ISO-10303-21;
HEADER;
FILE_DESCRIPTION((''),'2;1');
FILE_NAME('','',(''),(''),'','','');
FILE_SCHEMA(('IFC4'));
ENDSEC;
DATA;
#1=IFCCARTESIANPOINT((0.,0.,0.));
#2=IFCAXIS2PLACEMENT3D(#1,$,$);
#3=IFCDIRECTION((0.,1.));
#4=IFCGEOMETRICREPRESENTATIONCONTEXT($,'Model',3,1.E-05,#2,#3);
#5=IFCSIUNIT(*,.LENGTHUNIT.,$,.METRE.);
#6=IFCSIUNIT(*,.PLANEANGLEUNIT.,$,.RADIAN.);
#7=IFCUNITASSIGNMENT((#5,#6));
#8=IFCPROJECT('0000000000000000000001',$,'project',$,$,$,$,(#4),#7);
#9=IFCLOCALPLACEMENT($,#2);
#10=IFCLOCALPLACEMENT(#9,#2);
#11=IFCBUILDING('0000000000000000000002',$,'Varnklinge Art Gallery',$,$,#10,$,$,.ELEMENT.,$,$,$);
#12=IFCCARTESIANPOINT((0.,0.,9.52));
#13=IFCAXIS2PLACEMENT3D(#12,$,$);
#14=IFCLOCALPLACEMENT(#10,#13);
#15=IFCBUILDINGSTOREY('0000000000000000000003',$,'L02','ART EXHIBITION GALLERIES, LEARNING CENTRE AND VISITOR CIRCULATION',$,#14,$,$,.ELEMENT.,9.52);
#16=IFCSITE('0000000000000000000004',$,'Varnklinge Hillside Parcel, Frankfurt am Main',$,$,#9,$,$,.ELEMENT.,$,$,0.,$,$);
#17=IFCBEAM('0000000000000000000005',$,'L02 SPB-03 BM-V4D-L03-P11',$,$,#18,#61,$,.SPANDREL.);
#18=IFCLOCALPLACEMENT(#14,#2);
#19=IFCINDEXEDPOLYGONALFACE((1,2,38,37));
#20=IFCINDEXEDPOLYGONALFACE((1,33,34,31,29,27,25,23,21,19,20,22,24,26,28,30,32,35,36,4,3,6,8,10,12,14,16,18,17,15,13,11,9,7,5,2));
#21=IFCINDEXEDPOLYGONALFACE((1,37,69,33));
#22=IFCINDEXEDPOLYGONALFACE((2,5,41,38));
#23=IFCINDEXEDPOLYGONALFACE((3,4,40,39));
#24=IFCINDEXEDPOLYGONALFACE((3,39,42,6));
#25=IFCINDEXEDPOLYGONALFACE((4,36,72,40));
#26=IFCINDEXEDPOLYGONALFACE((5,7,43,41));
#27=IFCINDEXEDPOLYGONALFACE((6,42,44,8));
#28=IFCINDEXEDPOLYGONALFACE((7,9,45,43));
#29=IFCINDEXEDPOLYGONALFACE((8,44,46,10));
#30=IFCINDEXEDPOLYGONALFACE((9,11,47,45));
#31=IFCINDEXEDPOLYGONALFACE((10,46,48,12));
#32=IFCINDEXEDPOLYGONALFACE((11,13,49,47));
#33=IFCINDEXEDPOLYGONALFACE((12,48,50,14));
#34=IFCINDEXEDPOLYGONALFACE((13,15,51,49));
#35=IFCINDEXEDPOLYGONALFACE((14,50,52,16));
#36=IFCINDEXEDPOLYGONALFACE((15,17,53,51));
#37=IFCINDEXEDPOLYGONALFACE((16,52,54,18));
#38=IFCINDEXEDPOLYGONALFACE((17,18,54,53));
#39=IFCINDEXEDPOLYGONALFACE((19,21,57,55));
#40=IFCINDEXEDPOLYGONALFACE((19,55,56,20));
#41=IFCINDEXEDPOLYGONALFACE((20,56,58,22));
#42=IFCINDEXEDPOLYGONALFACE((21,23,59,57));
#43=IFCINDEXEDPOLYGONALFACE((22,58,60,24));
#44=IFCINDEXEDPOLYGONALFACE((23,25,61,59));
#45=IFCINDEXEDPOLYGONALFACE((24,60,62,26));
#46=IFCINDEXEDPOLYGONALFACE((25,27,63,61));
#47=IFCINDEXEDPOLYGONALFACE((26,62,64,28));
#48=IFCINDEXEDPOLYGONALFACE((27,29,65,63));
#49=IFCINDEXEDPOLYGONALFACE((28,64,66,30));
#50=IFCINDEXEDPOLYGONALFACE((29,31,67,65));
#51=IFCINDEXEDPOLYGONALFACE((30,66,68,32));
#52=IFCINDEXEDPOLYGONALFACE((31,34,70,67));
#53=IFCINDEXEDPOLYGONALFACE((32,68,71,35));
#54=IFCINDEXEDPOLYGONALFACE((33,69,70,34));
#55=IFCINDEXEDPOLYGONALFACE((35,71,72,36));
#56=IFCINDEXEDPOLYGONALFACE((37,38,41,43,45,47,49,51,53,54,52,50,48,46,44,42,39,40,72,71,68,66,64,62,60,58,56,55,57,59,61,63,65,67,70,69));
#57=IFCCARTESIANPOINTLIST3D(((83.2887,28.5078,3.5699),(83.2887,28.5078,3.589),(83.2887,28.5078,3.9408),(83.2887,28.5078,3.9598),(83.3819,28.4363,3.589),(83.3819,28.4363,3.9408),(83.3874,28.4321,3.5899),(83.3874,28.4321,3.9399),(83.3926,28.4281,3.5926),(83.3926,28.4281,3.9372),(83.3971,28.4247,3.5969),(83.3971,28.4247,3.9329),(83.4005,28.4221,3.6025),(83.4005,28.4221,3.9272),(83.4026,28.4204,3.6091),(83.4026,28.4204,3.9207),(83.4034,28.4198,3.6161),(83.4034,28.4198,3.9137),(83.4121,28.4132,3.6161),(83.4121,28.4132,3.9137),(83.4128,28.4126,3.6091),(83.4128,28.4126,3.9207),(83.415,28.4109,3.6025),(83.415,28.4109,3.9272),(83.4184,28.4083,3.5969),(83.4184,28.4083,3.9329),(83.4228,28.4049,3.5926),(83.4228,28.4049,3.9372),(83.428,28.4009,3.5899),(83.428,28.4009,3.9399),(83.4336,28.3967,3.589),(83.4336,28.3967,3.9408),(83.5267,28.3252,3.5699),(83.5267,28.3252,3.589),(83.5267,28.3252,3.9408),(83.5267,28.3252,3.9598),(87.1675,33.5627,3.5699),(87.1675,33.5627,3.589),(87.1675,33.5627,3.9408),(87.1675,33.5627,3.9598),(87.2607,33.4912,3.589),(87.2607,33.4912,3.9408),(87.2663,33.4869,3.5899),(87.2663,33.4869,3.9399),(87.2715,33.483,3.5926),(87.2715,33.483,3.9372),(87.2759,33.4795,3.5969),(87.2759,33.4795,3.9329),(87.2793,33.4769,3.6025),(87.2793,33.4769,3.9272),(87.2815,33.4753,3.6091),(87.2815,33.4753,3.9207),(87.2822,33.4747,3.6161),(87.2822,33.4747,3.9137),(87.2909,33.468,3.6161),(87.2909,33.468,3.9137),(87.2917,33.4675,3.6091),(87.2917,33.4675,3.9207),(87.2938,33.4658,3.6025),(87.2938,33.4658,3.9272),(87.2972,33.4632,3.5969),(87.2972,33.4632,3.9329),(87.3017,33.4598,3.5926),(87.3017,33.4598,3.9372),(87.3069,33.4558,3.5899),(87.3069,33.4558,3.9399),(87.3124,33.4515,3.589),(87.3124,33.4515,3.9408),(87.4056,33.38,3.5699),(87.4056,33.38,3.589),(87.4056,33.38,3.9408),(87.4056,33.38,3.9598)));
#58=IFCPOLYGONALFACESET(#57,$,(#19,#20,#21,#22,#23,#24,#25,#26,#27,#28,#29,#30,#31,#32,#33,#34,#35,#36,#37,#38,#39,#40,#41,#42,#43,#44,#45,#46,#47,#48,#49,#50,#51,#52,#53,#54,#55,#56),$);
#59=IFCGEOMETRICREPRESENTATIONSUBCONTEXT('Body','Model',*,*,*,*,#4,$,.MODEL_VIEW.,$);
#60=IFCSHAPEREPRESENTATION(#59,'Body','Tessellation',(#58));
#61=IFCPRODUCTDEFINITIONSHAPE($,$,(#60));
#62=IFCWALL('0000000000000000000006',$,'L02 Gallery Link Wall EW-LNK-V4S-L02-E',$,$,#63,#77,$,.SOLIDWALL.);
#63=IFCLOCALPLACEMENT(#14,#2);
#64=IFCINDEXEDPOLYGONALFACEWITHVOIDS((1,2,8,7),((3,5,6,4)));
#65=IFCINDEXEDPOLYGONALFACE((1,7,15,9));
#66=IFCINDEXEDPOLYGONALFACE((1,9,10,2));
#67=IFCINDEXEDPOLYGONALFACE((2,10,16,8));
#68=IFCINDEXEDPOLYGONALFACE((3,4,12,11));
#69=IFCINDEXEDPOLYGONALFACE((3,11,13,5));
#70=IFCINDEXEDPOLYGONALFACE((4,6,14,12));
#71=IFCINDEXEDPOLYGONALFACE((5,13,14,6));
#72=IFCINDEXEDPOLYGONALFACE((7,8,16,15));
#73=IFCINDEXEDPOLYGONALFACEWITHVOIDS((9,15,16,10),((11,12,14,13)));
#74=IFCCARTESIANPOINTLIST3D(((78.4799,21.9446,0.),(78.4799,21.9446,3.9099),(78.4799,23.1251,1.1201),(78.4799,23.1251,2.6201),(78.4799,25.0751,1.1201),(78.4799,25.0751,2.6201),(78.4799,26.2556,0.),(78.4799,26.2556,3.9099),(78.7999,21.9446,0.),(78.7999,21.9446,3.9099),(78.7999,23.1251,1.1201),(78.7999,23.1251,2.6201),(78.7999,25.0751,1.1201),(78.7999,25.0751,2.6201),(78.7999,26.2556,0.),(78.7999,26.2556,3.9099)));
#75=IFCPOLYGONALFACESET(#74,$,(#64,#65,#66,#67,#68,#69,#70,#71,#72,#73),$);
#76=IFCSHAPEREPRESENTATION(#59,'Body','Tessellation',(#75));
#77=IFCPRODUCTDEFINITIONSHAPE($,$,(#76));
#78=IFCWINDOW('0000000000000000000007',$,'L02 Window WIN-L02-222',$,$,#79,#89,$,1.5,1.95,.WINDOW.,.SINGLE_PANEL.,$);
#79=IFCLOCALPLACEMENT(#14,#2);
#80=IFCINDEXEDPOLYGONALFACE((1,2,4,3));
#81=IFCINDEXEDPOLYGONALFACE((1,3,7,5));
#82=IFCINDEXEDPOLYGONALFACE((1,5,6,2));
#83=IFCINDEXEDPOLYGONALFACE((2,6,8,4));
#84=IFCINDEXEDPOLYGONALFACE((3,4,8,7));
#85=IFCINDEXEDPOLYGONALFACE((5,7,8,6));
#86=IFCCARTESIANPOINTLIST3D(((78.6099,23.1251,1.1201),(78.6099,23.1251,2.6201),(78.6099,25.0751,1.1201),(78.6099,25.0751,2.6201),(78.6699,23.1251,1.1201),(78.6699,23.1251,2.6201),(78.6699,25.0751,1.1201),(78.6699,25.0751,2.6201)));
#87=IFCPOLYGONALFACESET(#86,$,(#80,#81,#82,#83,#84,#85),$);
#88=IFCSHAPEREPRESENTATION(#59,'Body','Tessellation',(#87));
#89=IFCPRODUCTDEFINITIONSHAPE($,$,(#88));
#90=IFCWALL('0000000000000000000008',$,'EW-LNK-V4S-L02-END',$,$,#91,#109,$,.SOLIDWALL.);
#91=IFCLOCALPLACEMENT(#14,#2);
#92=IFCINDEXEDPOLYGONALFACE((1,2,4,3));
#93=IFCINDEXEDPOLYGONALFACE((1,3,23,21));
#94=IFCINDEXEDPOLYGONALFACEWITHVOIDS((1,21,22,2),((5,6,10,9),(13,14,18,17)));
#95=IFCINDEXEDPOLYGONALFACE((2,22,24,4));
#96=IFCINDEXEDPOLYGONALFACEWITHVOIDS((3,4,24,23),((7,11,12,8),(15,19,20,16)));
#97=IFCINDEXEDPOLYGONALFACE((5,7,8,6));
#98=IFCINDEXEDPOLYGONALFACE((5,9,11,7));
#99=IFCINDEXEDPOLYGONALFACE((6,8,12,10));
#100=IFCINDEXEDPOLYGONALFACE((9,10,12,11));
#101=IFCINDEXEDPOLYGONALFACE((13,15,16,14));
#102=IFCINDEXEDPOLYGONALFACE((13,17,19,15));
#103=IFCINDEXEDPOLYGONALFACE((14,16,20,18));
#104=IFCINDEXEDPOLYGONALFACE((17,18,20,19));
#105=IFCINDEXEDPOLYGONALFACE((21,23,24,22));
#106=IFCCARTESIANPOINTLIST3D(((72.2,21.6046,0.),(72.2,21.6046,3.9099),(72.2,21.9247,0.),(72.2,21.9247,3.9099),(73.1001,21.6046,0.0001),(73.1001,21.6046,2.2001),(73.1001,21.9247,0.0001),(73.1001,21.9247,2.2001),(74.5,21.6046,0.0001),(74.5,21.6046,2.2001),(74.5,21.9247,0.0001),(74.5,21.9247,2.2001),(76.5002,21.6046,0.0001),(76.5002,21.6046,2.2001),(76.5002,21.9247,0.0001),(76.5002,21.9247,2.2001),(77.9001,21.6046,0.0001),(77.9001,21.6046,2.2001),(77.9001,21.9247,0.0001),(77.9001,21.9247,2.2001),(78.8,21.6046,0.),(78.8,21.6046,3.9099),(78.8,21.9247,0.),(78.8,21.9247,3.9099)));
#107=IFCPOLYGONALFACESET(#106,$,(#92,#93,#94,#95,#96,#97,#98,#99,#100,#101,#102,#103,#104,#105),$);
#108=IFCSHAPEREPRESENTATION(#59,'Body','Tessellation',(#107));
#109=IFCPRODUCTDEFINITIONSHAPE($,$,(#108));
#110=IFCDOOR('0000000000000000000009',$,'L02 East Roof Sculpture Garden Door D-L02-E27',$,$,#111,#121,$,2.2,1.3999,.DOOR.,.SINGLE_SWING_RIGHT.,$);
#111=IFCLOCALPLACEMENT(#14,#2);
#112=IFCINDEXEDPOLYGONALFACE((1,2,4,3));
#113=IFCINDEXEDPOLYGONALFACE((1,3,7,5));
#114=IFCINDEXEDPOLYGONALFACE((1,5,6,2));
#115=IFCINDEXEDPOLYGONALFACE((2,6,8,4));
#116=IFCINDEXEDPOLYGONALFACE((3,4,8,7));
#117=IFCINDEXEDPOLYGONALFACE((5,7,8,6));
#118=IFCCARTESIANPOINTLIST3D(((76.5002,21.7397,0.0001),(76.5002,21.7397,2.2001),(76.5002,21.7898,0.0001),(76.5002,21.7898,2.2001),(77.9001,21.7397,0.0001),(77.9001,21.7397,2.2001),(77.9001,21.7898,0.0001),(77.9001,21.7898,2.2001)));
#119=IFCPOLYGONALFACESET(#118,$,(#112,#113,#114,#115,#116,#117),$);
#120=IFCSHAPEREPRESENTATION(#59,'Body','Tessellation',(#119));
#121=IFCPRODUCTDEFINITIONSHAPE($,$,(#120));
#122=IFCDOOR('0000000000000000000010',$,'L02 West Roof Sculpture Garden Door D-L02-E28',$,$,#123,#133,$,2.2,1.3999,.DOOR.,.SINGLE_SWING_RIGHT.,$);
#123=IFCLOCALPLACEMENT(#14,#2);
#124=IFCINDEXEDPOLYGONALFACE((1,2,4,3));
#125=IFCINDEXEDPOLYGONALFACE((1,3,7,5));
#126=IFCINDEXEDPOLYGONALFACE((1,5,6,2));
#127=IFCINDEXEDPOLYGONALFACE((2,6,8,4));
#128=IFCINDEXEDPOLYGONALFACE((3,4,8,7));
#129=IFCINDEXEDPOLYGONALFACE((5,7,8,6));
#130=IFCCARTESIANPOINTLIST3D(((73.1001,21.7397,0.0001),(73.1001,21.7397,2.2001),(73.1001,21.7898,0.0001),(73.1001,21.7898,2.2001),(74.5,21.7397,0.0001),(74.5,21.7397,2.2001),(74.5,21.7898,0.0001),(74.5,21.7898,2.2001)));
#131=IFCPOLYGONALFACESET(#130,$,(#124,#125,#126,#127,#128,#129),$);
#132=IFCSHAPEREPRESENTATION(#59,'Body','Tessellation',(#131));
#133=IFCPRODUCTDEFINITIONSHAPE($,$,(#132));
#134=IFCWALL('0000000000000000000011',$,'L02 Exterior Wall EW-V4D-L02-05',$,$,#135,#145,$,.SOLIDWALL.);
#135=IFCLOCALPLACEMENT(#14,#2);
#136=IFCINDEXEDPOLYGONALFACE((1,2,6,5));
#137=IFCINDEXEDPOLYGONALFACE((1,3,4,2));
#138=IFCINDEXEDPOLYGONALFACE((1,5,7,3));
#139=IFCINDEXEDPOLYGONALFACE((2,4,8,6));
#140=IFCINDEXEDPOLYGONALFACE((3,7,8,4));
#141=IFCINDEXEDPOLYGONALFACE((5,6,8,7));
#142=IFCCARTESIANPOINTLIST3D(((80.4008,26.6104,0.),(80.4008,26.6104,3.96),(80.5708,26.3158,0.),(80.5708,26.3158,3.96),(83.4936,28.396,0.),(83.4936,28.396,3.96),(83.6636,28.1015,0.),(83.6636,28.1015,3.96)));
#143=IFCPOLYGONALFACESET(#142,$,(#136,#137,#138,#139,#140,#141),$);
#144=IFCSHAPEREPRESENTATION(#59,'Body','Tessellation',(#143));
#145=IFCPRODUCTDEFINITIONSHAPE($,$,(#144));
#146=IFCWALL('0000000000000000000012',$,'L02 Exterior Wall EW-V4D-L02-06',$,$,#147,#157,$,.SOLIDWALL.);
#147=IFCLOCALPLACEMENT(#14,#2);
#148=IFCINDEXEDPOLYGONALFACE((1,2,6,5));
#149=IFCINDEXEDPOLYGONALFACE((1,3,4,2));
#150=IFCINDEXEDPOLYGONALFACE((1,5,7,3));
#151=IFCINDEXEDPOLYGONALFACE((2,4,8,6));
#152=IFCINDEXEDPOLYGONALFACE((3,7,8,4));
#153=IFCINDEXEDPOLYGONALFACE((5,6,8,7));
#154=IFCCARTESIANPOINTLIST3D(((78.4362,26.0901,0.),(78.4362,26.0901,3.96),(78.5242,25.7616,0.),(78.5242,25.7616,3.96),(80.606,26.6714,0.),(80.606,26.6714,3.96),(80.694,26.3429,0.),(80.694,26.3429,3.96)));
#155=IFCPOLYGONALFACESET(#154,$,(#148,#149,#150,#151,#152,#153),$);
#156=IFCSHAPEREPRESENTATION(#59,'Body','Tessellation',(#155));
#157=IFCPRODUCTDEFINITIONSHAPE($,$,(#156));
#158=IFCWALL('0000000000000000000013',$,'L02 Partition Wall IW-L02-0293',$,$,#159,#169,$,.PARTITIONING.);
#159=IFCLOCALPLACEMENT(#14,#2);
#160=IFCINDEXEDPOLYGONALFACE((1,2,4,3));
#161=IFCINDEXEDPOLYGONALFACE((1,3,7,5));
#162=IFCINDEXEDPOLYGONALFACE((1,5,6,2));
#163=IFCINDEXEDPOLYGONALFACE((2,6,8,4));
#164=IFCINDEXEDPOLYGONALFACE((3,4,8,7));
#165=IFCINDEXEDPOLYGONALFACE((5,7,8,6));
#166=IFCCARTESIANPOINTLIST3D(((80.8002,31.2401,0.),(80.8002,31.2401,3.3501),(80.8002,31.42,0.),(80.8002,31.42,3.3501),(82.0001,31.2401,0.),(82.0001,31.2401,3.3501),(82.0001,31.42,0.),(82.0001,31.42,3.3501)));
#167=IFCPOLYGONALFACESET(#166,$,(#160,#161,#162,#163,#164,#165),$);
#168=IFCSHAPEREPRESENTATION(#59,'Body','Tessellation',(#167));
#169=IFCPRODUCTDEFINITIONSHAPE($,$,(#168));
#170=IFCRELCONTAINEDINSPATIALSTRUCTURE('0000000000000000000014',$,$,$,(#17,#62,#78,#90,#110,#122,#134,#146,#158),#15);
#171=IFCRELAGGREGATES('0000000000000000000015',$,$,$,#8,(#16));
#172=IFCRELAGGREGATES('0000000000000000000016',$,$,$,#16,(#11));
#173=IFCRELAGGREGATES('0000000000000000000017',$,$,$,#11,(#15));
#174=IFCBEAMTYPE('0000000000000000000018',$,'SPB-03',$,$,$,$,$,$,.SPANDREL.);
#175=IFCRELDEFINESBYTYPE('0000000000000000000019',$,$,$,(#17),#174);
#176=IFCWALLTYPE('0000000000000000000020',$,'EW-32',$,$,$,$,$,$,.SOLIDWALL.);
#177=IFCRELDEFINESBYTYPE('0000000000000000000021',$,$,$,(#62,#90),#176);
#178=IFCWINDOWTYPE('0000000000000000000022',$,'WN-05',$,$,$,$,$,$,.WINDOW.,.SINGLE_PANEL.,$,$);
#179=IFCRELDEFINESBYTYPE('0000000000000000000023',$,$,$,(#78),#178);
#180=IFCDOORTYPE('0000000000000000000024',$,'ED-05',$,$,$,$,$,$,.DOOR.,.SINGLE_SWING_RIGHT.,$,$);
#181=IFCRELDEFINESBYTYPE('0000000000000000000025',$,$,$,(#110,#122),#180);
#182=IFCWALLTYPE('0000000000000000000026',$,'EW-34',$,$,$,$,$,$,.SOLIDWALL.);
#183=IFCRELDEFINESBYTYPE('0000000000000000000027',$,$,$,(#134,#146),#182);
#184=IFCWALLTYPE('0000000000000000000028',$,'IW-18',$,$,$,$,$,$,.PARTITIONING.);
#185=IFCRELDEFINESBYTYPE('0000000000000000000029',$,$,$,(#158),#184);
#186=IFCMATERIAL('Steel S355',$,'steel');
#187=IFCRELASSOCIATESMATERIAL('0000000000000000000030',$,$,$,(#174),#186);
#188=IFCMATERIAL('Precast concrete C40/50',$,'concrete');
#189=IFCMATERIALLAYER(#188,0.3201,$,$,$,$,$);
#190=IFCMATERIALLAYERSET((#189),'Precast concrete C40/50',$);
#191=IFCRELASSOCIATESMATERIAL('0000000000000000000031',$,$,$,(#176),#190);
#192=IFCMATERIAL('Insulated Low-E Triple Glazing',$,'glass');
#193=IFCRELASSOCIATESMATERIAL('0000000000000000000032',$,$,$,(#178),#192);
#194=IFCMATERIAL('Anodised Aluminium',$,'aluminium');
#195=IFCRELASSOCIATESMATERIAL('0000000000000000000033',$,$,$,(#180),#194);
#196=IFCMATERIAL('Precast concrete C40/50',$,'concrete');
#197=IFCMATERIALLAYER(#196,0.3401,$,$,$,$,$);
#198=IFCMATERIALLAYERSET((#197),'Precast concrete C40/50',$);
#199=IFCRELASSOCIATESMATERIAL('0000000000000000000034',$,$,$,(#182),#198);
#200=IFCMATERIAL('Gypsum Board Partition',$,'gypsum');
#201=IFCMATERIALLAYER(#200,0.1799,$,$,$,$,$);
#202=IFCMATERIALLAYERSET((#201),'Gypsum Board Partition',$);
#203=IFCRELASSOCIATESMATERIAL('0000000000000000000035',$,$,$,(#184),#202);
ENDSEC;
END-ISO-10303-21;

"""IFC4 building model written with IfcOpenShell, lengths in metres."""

from ifc_helpers import new_model, si_unit, direction, frame, frame_2d, origin, origin_2d, place, context, subcontext, project, spatial, rectangle, i_section, extrude, material, layer, layer_set, material_profile, profile_set, type_object, element, fill, save


model = new_model("IFC4")

# Units and contexts
model_context = context("Model", 3, precision=1e-05, world=origin(), true_north=direction((0.0, 1.0)))
body_context = subcontext(model_context, "Body", "Model", "MODEL_VIEW")
ifc_project = project(units=[si_unit("LENGTHUNIT", "METRE"), si_unit("PLANEANGLEUNIT", "RADIAN")], contexts=[model_context])

# Site, building, storey
site_placement = place(None, origin())
site = spatial("IfcSite", under=ifc_project, at=site_placement, Name="Varnklinge Hillside Parcel, Frankfurt am Main", CompositionType="ELEMENT", RefElevation=0.0)
building_placement = place(site_placement, origin())
building = spatial("IfcBuilding", under=site, at=building_placement, Name="Varnklinge Art Gallery", CompositionType="ELEMENT")
storey_placement = place(building_placement, frame((0.0, 0.0, 9.52)))
storey = spatial("IfcBuildingStorey", under=building, at=storey_placement, Name="L02", Description="ART EXHIBITION GALLERIES, LEARNING CENTRE AND VISITOR CIRCULATION", CompositionType="ELEMENT", Elevation=9.52)

# Beam
ifc_material_1 = material(Name="Steel S355", Category="steel")
ifc_material_profile_1 = material_profile(ifc_material_1, i_section(OverallWidth=0.3, OverallDepth=0.3899, WebThickness=0.011, FlangeThickness=0.019, FilletRadius=0.0271, at=origin_2d()), Name="HEA 400")
ifc_profile_set_1 = profile_set([ifc_material_profile_1], Name="Steel S355")
beam_type_1 = type_object("IfcBeamType", Name="SPB-03", PredefinedType="SPANDREL", material=ifc_profile_set_1)
beam_1_placement = place(storey_placement, frame((83.4077, 28.4165, 3.7649), z_axis=(0.608773, 0.793344, 0.0), x_axis=(-0.793344, 0.608773, 0.0)))
element("IfcBeam", 1, at=beam_1_placement, inside=storey, type_object=beam_type_1, Name="L02 SPB-03 BM-V4D-L03-P11", PredefinedType="SPANDREL", context=body_context, shape_type="SweptSolid", body=[
    extrude(i_section(OverallWidth=0.3, OverallDepth=0.3899, WebThickness=0.011, FlangeThickness=0.019, FilletRadius=0.0271, at=origin_2d()), origin(), (0.0, 0.0, 1.0), 6.3716),
])

# Wall, opening, window
ifc_material_2 = material(Name="Precast concrete C40/50", Category="concrete")
ifc_layer_1 = layer(ifc_material_2, 0.3201)
ifc_layer_set_1 = layer_set([ifc_layer_1], Name="Precast concrete C40/50")
wall_type_1 = type_object("IfcWallType", Name="EW-32", PredefinedType="SOLIDWALL", material=ifc_layer_set_1)
wall_1_placement = place(storey_placement, frame((78.6399, 26.2556, 0.0), z_axis=(0.0, 0.0, 1.0), x_axis=(0.0, -1.0, 0.0)))
wall_1 = element("IfcWall", 2, at=wall_1_placement, inside=storey, type_object=wall_type_1, Name="L02 Gallery Link Wall EW-LNK-V4S-L02-E", PredefinedType="SOLIDWALL", context=body_context, shape_type="SweptSolid", body=[
    extrude(rectangle(XDim=4.311, YDim=0.3201, at=frame_2d((2.1555, 0.0))), origin(), (0.0, 0.0, 1.0), 3.9099),
])
opening_1_placement = place(wall_1_placement, frame((1.1804, 0.0, 1.1201)))
opening_1 = element("IfcOpeningElement", 3, at=opening_1_placement, cuts=wall_1, PredefinedType="OPENING", context=body_context, shape_type="SweptSolid", body=[
    extrude(rectangle(XDim=1.95, YDim=1.5, at=frame_2d((0.9751, 0.75))), frame((0.0, 0.1702, 0.0), z_axis=(0.0, -1.0, 0.0), x_axis=(1.0, 0.0, 0.0)), (0.0, 0.0, 1.0), 0.3401),
])
ifc_material_3 = material(Name="Insulated Low-E Triple Glazing", Category="glass")
window_type = type_object("IfcWindowType", Name="WN-05", PartitioningType="SINGLE_PANEL", PredefinedType="WINDOW", material=ifc_material_3)
window_placement = place(opening_1_placement, origin())
window = element("IfcWindow", 4, at=window_placement, inside=storey, type_object=window_type, Name="L02 Window WIN-L02-222", OverallHeight=1.5, OverallWidth=1.95, PartitioningType="SINGLE_PANEL", PredefinedType="WINDOW", context=body_context, shape_type="SweptSolid", body=[
    extrude(rectangle(XDim=1.95, YDim=1.5, at=frame_2d((0.9751, 0.75))), frame((0.0, 0.03, 0.0), z_axis=(0.0, -1.0, 0.0), x_axis=(1.0, 0.0, 0.0)), (0.0, 0.0, 1.0), 0.0601),
])
fill(opening_1, window)

# Wall, openings, doors
wall_2_placement = place(storey_placement, frame((78.8, 21.7646, 0.0), z_axis=(0.0, 0.0, 1.0), x_axis=(-1.0, 0.0, 0.0)))
wall_2 = element("IfcWall", 5, at=wall_2_placement, inside=storey, type_object=wall_type_1, Name="EW-LNK-V4S-L02-END", PredefinedType="SOLIDWALL", context=body_context, shape_type="SweptSolid", body=[
    extrude(rectangle(XDim=6.6001, YDim=0.3201, at=frame_2d((3.3, 0.0))), origin(), (0.0, 0.0, 1.0), 3.9099),
])
opening_2_placement = place(wall_2_placement, frame((0.8999, 0.0, 0.0)))
opening_2 = element("IfcOpeningElement", 6, at=opening_2_placement, cuts=wall_2, PredefinedType="OPENING", context=body_context, shape_type="SweptSolid", body=[
    extrude(rectangle(XDim=1.3999, YDim=2.2, at=frame_2d((0.7, 1.1001))), frame((0.0, 0.1702, 0.0), z_axis=(0.0, -1.0, 0.0), x_axis=(1.0, 0.0, 0.0)), (0.0, 0.0, 1.0), 0.3401),
])
opening_3_placement = place(wall_2_placement, frame((4.3, 0.0, 0.0)))
opening_3 = element("IfcOpeningElement", 7, at=opening_3_placement, cuts=wall_2, PredefinedType="OPENING", context=body_context, shape_type="SweptSolid", body=[
    extrude(rectangle(XDim=1.3999, YDim=2.2, at=frame_2d((0.7, 1.1001))), frame((0.0, 0.1702, 0.0), z_axis=(0.0, -1.0, 0.0), x_axis=(1.0, 0.0, 0.0)), (0.0, 0.0, 1.0), 0.3401),
])
ifc_material_4 = material(Name="Anodised Aluminium", Category="aluminium")
door_type = type_object("IfcDoorType", Name="ED-05", OperationType="SINGLE_SWING_RIGHT", PredefinedType="DOOR", material=ifc_material_4)
door_1_placement = place(opening_2_placement, origin())
door_1 = element("IfcDoor", 8, at=door_1_placement, inside=storey, type_object=door_type, Name="L02 East Roof Sculpture Garden Door D-L02-E27", OperationType="SINGLE_SWING_RIGHT", OverallHeight=2.2, OverallWidth=1.3999, PredefinedType="DOOR", context=body_context, shape_type="SweptSolid", body=[
    extrude(rectangle(XDim=1.3999, YDim=2.2, at=frame_2d((0.7, 1.1001))), frame((0.0, 0.0249, 0.0), z_axis=(0.0, -1.0, 0.0), x_axis=(1.0, 0.0, 0.0)), (0.0, 0.0, 1.0), 0.05),
])
fill(opening_2, door_1)
door_2_placement = place(opening_3_placement, origin())
door_2 = element("IfcDoor", 9, at=door_2_placement, inside=storey, type_object=door_type, Name="L02 West Roof Sculpture Garden Door D-L02-E28", OperationType="SINGLE_SWING_RIGHT", OverallHeight=2.2, OverallWidth=1.3999, PredefinedType="DOOR", context=body_context, shape_type="SweptSolid", body=[
    extrude(rectangle(XDim=1.3999, YDim=2.2, at=frame_2d((0.7, 1.1001))), frame((0.0, 0.0249, 0.0), z_axis=(0.0, -1.0, 0.0), x_axis=(1.0, 0.0, 0.0)), (0.0, 0.0, 1.0), 0.05),
])
fill(opening_3, door_2)

# Walls
ifc_material_5 = material(Name="Precast concrete C40/50", Category="concrete")
ifc_layer_2 = layer(ifc_material_5, 0.3401)
ifc_layer_set_2 = layer_set([ifc_layer_2], Name="Precast concrete C40/50")
wall_type_2 = type_object("IfcWallType", Name="EW-34", PredefinedType="SOLIDWALL", material=ifc_layer_set_2)
wall_3_placement = place(storey_placement, frame((83.5786, 28.2488, 0.0), z_axis=(0.0, 0.0, 1.0), x_axis=(-0.866022, -0.500007, 0.0)))
element("IfcWall", 10, at=wall_3_placement, inside=storey, type_object=wall_type_2, Name="L02 Exterior Wall EW-V4D-L02-05", PredefinedType="SOLIDWALL", context=body_context, shape_type="SweptSolid", body=[
    extrude(rectangle(XDim=3.5713, YDim=0.3401, at=frame_2d((1.7856, 0.0))), origin(), (0.0, 0.0, 1.0), 3.96),
])
wall_4_placement = place(storey_placement, frame((80.6499, 26.5071, 0.0), z_axis=(0.0, 0.0, 1.0), x_axis=(-0.96594, -0.258765, 0.0)))
element("IfcWall", 11, at=wall_4_placement, inside=storey, type_object=wall_type_2, Name="L02 Exterior Wall EW-V4D-L02-06", PredefinedType="SOLIDWALL", context=body_context, shape_type="SweptSolid", body=[
    extrude(rectangle(XDim=2.2463, YDim=0.3401, at=frame_2d((1.123, 0.0))), origin(), (0.0, 0.0, 1.0), 3.96),
])
ifc_material_6 = material(Name="Gypsum Board Partition", Category="gypsum")
ifc_layer_3 = layer(ifc_material_6, 0.1799)
ifc_layer_set_3 = layer_set([ifc_layer_3], Name="Gypsum Board Partition")
wall_type_3 = type_object("IfcWallType", Name="IW-18", PredefinedType="PARTITIONING", material=ifc_layer_set_3)
wall_5_placement = place(storey_placement, frame((80.8, 31.3301, 0.0), z_axis=(0.0, 0.0, 1.0), x_axis=(1.0, 0.0, 0.0)))
element("IfcWall", 12, at=wall_5_placement, inside=storey, type_object=wall_type_3, Name="L02 Partition Wall IW-L02-0293", PredefinedType="PARTITIONING", context=body_context, shape_type="SweptSolid", body=[
    extrude(rectangle(XDim=1.2, YDim=0.1799, at=frame_2d((0.6001, 0.0))), origin(), (0.0, 0.0, 1.0), 3.3501),
])

save(model, "model.ifc")
